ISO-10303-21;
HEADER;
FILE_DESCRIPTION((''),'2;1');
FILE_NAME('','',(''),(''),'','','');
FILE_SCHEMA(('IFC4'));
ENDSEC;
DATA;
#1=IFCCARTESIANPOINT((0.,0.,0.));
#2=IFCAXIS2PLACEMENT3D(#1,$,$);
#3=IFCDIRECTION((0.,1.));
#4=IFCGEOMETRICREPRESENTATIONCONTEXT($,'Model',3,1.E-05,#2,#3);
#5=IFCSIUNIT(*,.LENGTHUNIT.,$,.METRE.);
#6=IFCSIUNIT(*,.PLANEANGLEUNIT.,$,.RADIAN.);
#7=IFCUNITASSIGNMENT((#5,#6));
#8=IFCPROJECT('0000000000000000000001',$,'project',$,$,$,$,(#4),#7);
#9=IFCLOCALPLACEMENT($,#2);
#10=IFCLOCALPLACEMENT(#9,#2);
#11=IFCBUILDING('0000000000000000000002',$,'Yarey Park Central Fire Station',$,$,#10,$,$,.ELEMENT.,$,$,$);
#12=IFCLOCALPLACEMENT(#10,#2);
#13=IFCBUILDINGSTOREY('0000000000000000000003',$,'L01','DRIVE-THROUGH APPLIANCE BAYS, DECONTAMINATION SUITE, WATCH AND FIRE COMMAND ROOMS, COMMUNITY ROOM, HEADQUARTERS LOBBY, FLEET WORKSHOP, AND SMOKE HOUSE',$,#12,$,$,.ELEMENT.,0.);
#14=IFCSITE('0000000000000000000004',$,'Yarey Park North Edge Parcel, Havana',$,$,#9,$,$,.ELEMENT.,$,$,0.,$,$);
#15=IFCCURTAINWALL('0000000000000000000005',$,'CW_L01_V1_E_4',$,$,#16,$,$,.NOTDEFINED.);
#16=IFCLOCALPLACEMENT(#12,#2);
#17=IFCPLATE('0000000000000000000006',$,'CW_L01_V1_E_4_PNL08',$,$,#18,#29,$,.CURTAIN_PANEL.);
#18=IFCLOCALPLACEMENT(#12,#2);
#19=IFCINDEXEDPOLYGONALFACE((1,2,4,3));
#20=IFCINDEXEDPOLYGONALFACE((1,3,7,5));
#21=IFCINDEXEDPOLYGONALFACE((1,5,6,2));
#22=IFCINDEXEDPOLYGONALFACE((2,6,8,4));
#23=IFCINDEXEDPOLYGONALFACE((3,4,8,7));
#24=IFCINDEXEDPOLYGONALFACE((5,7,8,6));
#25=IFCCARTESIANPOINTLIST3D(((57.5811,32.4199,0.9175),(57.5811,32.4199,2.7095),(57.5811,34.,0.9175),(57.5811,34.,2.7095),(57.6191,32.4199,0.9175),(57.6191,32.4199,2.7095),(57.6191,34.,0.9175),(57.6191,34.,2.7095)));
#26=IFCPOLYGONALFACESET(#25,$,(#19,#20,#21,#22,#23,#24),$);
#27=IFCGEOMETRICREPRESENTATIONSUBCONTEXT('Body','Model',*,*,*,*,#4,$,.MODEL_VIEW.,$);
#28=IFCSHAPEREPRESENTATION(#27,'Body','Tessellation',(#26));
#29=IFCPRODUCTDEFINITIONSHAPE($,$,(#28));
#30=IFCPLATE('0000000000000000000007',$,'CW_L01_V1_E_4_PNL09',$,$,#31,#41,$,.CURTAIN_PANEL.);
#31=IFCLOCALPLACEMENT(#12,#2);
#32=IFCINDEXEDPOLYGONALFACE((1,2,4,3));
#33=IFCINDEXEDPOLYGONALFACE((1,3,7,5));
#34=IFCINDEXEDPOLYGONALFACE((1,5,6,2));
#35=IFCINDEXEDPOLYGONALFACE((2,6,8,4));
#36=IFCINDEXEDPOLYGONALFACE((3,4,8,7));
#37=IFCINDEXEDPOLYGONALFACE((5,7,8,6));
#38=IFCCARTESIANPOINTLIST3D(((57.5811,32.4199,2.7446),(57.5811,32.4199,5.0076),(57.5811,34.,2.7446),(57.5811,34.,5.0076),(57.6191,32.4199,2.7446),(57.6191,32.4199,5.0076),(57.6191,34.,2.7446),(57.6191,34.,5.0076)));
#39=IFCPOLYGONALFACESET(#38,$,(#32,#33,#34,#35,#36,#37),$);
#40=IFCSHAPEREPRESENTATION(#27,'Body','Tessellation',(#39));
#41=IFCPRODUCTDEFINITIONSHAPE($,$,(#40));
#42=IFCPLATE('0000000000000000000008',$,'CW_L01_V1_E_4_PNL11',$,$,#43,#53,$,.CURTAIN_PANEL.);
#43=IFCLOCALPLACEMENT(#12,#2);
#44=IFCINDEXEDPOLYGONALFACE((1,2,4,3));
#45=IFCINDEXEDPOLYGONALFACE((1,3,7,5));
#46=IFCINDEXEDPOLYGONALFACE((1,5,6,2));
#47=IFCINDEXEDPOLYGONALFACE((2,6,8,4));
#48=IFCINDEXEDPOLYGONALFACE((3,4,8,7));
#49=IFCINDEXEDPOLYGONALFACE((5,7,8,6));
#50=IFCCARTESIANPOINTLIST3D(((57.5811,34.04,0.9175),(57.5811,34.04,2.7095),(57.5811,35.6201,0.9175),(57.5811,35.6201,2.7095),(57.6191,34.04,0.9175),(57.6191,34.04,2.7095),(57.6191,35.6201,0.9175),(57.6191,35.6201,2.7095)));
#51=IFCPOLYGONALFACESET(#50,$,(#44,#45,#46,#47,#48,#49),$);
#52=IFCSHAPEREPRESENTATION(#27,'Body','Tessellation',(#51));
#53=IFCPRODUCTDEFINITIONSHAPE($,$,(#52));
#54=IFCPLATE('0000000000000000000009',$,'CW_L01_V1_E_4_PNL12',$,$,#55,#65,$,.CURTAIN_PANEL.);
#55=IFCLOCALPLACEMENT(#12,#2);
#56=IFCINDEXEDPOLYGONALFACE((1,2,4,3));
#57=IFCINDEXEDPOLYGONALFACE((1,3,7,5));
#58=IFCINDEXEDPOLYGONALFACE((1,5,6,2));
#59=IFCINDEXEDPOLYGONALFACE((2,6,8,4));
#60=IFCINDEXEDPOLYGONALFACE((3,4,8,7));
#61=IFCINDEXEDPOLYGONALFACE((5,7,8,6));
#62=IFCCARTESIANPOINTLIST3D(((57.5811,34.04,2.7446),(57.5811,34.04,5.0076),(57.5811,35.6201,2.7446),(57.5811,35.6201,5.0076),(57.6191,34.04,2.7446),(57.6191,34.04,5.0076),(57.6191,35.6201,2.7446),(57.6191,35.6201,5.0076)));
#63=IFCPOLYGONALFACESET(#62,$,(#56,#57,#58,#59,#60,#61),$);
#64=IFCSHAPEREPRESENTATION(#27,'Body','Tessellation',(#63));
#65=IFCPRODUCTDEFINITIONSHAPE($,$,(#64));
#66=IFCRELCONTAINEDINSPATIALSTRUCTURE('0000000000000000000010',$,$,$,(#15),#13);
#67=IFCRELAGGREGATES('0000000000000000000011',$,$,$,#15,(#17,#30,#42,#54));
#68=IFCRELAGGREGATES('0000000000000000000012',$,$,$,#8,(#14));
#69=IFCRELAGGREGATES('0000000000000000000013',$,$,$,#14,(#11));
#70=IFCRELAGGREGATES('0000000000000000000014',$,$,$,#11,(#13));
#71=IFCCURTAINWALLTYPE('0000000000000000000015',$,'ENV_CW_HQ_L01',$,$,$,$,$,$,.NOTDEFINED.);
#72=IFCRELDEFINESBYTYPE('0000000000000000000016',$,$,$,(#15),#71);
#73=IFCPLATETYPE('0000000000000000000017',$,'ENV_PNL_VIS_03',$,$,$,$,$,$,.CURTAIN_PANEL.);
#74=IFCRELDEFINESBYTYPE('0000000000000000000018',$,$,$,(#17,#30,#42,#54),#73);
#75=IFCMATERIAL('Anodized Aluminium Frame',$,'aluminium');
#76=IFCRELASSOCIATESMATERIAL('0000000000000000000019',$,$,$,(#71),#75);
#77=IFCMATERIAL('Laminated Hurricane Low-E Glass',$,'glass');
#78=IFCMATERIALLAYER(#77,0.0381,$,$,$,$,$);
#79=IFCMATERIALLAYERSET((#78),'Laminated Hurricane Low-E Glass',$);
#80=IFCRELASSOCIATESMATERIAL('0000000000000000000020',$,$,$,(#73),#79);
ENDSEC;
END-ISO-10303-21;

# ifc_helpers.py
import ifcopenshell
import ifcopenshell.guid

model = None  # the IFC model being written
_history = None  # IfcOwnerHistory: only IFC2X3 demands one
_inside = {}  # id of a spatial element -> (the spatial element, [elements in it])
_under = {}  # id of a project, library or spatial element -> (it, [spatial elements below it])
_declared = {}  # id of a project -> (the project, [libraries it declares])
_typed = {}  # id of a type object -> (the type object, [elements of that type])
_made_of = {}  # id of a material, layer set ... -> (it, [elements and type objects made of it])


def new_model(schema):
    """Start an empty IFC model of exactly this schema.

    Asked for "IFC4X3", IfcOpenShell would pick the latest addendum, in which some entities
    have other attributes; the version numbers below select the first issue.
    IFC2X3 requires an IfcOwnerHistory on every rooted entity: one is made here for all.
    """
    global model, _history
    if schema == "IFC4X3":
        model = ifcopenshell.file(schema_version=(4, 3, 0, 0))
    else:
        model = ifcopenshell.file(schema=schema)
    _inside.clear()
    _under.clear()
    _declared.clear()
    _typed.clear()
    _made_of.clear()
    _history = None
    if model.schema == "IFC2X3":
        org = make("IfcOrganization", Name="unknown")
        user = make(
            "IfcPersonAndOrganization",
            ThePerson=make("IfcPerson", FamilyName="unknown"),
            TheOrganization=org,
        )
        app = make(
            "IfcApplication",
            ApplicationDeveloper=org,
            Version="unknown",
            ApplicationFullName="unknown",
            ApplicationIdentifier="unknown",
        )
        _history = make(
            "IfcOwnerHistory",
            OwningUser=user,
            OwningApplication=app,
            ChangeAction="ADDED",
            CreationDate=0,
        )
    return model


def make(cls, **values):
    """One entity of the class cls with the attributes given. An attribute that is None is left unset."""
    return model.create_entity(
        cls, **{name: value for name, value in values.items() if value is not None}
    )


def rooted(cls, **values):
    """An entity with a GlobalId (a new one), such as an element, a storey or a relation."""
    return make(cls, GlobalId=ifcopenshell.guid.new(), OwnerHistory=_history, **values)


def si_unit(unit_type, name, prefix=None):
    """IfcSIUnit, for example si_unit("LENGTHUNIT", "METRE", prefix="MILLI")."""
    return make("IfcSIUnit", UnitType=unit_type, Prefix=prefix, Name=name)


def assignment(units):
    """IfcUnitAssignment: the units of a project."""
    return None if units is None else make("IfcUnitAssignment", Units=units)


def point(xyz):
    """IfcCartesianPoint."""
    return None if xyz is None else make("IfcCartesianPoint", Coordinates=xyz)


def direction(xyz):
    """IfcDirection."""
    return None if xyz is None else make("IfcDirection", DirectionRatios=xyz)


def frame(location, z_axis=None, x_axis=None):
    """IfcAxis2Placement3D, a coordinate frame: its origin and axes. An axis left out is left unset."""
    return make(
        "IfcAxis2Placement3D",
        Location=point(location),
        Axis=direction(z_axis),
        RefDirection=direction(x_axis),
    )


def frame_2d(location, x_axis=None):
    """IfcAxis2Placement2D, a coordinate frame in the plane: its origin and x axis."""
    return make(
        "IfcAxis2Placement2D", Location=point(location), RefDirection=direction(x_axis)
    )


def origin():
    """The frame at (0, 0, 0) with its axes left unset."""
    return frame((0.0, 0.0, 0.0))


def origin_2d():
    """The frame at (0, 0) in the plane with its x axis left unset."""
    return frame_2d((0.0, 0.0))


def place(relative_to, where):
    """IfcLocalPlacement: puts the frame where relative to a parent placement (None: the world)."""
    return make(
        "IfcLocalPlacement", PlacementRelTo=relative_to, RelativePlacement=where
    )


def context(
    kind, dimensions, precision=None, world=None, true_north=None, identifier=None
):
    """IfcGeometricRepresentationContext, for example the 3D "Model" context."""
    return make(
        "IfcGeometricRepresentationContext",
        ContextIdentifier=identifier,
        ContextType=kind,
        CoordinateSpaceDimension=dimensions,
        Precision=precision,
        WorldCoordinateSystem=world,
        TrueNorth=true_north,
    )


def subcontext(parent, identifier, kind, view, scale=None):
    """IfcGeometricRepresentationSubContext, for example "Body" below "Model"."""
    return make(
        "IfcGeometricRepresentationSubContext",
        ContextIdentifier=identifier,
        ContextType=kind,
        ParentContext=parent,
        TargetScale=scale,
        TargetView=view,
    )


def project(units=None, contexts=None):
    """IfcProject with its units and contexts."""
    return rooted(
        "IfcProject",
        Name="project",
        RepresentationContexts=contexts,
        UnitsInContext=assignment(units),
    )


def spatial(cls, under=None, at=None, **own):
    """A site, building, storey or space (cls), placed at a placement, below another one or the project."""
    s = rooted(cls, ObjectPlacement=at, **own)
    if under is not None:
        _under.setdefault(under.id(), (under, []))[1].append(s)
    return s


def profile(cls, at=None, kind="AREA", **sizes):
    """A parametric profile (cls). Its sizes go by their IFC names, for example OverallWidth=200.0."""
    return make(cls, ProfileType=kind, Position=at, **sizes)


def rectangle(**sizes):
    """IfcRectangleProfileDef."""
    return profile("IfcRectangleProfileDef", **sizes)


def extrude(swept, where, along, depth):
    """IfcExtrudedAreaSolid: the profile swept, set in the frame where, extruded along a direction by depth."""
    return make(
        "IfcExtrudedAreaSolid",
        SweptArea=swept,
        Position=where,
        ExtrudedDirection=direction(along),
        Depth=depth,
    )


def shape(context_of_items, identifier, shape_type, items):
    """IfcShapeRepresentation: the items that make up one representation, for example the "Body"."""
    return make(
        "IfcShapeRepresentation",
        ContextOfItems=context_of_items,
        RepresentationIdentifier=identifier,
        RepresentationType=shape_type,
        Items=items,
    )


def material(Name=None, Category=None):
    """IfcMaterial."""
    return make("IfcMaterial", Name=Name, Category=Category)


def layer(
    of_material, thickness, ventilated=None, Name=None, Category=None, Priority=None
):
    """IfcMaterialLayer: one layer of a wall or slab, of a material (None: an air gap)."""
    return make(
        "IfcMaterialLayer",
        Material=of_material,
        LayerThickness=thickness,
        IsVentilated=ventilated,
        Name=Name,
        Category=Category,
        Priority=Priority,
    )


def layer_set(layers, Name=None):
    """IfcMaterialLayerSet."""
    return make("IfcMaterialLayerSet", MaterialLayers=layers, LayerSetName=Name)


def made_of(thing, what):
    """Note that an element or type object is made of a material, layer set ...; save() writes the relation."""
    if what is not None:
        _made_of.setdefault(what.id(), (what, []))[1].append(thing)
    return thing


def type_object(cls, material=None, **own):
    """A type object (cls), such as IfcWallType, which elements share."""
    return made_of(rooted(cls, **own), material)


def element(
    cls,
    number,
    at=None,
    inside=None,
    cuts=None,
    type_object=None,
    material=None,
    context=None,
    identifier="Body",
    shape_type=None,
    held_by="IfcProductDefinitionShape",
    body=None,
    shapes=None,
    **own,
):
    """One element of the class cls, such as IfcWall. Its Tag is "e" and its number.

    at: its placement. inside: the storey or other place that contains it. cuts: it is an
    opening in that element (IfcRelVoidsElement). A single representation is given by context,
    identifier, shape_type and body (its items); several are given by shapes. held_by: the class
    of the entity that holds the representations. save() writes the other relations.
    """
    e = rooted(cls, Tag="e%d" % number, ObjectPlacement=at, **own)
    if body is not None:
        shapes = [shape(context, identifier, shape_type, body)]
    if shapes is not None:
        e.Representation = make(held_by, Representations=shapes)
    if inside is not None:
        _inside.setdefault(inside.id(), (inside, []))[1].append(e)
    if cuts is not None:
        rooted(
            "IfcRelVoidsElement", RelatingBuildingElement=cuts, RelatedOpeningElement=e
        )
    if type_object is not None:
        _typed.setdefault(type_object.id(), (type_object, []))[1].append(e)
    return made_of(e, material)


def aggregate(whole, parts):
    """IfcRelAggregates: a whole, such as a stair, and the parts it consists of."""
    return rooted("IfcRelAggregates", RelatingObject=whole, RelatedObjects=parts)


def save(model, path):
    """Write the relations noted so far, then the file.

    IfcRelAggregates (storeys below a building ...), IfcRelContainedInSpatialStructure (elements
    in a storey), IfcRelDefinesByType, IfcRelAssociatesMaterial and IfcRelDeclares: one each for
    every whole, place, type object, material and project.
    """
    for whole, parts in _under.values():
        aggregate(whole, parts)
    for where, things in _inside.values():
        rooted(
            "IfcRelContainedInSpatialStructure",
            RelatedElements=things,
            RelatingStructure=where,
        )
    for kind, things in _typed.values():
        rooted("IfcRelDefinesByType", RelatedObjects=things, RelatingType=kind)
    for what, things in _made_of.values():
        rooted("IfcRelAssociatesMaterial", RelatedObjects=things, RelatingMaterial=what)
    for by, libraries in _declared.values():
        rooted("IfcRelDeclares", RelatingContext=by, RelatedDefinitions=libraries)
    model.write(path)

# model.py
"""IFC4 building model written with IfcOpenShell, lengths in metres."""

from ifc_helpers import new_model, si_unit, direction, frame, origin, origin_2d, place, context, subcontext, project, spatial, rectangle, extrude, material, layer, layer_set, type_object, element, aggregate, save


model = new_model("IFC4")

# Units and contexts
model_context = context("Model", 3, precision=1e-05, world=origin(), true_north=direction((0.0, 1.0)))
body_context = subcontext(model_context, "Body", "Model", "MODEL_VIEW")
ifc_project = project(units=[si_unit("LENGTHUNIT", "METRE"), si_unit("PLANEANGLEUNIT", "RADIAN")], contexts=[model_context])

# Site, building, storey
site_placement = place(None, origin())
site = spatial("IfcSite", under=ifc_project, at=site_placement, Name="Yarey Park North Edge Parcel, Havana", CompositionType="ELEMENT", RefElevation=0.0)
building_placement = place(site_placement, origin())
building = spatial("IfcBuilding", under=site, at=building_placement, Name="Yarey Park Central Fire Station", CompositionType="ELEMENT")
storey_placement = place(building_placement, origin())
storey = spatial("IfcBuildingStorey", under=building, at=storey_placement, Name="L01", Description="DRIVE-THROUGH APPLIANCE BAYS, DECONTAMINATION SUITE, WATCH AND FIRE COMMAND ROOMS, COMMUNITY ROOM, HEADQUARTERS LOBBY, FLEET WORKSHOP, AND SMOKE HOUSE", CompositionType="ELEMENT", Elevation=0.0)

# Curtain wall, plates
ifc_material_1 = material(Name="Anodized Aluminium Frame", Category="aluminium")
curtain_wall_type = type_object("IfcCurtainWallType", Name="ENV_CW_HQ_L01", PredefinedType="NOTDEFINED", material=ifc_material_1)
curtain_wall_placement = place(storey_placement, origin())
curtain_wall = element("IfcCurtainWall", 1, at=curtain_wall_placement, inside=storey, type_object=curtain_wall_type, Name="CW_L01_V1_E_4", PredefinedType="NOTDEFINED")
ifc_material_2 = material(Name="Laminated Hurricane Low-E Glass", Category="glass")
ifc_layer_1 = layer(ifc_material_2, 0.0381)
ifc_layer_set_1 = layer_set([ifc_layer_1], Name="Laminated Hurricane Low-E Glass")
plate_type_1 = type_object("IfcPlateType", Name="ENV_PNL_VIS_03", PredefinedType="CURTAIN_PANEL", material=ifc_layer_set_1)
plate_1_placement = place(storey_placement, frame((57.6001, 33.21, 0.9175), z_axis=(0.0, 0.0, 1.0), x_axis=(0.0, 1.0, 0.0)))
plate_1 = element("IfcPlate", 2, at=plate_1_placement, type_object=plate_type_1, Name="CW_L01_V1_E_4_PNL08", PredefinedType="CURTAIN_PANEL", context=body_context, shape_type="SweptSolid", body=[
    extrude(rectangle(XDim=1.5801, YDim=0.0381, at=origin_2d()), origin(), (0.0, 0.0, 1.0), 1.792),
])
plate_2_placement = place(storey_placement, frame((57.6001, 33.21, 2.7446), z_axis=(0.0, 0.0, 1.0), x_axis=(0.0, 1.0, 0.0)))
plate_2 = element("IfcPlate", 3, at=plate_2_placement, type_object=plate_type_1, Name="CW_L01_V1_E_4_PNL09", PredefinedType="CURTAIN_PANEL", context=body_context, shape_type="SweptSolid", body=[
    extrude(rectangle(XDim=1.5801, YDim=0.0381, at=origin_2d()), origin(), (0.0, 0.0, 1.0), 2.2629),
])
plate_3_placement = place(storey_placement, frame((57.6001, 34.8301, 0.9175), z_axis=(0.0, 0.0, 1.0), x_axis=(0.0, 1.0, 0.0)))
plate_3 = element("IfcPlate", 4, at=plate_3_placement, type_object=plate_type_1, Name="CW_L01_V1_E_4_PNL11", PredefinedType="CURTAIN_PANEL", context=body_context, shape_type="SweptSolid", body=[
    extrude(rectangle(XDim=1.5801, YDim=0.0381, at=origin_2d()), origin(), (0.0, 0.0, 1.0), 1.792),
])
plate_4_placement = place(storey_placement, frame((57.6001, 34.8301, 2.7446), z_axis=(0.0, 0.0, 1.0), x_axis=(0.0, 1.0, 0.0)))
plate_4 = element("IfcPlate", 5, at=plate_4_placement, type_object=plate_type_1, Name="CW_L01_V1_E_4_PNL12", PredefinedType="CURTAIN_PANEL", context=body_context, shape_type="SweptSolid", body=[
    extrude(rectangle(XDim=1.5801, YDim=0.0381, at=origin_2d()), origin(), (0.0, 0.0, 1.0), 2.2629),
])
aggregate(curtain_wall, [plate_1, plate_2, plate_3, plate_4])

save(model, "model.ifc")
